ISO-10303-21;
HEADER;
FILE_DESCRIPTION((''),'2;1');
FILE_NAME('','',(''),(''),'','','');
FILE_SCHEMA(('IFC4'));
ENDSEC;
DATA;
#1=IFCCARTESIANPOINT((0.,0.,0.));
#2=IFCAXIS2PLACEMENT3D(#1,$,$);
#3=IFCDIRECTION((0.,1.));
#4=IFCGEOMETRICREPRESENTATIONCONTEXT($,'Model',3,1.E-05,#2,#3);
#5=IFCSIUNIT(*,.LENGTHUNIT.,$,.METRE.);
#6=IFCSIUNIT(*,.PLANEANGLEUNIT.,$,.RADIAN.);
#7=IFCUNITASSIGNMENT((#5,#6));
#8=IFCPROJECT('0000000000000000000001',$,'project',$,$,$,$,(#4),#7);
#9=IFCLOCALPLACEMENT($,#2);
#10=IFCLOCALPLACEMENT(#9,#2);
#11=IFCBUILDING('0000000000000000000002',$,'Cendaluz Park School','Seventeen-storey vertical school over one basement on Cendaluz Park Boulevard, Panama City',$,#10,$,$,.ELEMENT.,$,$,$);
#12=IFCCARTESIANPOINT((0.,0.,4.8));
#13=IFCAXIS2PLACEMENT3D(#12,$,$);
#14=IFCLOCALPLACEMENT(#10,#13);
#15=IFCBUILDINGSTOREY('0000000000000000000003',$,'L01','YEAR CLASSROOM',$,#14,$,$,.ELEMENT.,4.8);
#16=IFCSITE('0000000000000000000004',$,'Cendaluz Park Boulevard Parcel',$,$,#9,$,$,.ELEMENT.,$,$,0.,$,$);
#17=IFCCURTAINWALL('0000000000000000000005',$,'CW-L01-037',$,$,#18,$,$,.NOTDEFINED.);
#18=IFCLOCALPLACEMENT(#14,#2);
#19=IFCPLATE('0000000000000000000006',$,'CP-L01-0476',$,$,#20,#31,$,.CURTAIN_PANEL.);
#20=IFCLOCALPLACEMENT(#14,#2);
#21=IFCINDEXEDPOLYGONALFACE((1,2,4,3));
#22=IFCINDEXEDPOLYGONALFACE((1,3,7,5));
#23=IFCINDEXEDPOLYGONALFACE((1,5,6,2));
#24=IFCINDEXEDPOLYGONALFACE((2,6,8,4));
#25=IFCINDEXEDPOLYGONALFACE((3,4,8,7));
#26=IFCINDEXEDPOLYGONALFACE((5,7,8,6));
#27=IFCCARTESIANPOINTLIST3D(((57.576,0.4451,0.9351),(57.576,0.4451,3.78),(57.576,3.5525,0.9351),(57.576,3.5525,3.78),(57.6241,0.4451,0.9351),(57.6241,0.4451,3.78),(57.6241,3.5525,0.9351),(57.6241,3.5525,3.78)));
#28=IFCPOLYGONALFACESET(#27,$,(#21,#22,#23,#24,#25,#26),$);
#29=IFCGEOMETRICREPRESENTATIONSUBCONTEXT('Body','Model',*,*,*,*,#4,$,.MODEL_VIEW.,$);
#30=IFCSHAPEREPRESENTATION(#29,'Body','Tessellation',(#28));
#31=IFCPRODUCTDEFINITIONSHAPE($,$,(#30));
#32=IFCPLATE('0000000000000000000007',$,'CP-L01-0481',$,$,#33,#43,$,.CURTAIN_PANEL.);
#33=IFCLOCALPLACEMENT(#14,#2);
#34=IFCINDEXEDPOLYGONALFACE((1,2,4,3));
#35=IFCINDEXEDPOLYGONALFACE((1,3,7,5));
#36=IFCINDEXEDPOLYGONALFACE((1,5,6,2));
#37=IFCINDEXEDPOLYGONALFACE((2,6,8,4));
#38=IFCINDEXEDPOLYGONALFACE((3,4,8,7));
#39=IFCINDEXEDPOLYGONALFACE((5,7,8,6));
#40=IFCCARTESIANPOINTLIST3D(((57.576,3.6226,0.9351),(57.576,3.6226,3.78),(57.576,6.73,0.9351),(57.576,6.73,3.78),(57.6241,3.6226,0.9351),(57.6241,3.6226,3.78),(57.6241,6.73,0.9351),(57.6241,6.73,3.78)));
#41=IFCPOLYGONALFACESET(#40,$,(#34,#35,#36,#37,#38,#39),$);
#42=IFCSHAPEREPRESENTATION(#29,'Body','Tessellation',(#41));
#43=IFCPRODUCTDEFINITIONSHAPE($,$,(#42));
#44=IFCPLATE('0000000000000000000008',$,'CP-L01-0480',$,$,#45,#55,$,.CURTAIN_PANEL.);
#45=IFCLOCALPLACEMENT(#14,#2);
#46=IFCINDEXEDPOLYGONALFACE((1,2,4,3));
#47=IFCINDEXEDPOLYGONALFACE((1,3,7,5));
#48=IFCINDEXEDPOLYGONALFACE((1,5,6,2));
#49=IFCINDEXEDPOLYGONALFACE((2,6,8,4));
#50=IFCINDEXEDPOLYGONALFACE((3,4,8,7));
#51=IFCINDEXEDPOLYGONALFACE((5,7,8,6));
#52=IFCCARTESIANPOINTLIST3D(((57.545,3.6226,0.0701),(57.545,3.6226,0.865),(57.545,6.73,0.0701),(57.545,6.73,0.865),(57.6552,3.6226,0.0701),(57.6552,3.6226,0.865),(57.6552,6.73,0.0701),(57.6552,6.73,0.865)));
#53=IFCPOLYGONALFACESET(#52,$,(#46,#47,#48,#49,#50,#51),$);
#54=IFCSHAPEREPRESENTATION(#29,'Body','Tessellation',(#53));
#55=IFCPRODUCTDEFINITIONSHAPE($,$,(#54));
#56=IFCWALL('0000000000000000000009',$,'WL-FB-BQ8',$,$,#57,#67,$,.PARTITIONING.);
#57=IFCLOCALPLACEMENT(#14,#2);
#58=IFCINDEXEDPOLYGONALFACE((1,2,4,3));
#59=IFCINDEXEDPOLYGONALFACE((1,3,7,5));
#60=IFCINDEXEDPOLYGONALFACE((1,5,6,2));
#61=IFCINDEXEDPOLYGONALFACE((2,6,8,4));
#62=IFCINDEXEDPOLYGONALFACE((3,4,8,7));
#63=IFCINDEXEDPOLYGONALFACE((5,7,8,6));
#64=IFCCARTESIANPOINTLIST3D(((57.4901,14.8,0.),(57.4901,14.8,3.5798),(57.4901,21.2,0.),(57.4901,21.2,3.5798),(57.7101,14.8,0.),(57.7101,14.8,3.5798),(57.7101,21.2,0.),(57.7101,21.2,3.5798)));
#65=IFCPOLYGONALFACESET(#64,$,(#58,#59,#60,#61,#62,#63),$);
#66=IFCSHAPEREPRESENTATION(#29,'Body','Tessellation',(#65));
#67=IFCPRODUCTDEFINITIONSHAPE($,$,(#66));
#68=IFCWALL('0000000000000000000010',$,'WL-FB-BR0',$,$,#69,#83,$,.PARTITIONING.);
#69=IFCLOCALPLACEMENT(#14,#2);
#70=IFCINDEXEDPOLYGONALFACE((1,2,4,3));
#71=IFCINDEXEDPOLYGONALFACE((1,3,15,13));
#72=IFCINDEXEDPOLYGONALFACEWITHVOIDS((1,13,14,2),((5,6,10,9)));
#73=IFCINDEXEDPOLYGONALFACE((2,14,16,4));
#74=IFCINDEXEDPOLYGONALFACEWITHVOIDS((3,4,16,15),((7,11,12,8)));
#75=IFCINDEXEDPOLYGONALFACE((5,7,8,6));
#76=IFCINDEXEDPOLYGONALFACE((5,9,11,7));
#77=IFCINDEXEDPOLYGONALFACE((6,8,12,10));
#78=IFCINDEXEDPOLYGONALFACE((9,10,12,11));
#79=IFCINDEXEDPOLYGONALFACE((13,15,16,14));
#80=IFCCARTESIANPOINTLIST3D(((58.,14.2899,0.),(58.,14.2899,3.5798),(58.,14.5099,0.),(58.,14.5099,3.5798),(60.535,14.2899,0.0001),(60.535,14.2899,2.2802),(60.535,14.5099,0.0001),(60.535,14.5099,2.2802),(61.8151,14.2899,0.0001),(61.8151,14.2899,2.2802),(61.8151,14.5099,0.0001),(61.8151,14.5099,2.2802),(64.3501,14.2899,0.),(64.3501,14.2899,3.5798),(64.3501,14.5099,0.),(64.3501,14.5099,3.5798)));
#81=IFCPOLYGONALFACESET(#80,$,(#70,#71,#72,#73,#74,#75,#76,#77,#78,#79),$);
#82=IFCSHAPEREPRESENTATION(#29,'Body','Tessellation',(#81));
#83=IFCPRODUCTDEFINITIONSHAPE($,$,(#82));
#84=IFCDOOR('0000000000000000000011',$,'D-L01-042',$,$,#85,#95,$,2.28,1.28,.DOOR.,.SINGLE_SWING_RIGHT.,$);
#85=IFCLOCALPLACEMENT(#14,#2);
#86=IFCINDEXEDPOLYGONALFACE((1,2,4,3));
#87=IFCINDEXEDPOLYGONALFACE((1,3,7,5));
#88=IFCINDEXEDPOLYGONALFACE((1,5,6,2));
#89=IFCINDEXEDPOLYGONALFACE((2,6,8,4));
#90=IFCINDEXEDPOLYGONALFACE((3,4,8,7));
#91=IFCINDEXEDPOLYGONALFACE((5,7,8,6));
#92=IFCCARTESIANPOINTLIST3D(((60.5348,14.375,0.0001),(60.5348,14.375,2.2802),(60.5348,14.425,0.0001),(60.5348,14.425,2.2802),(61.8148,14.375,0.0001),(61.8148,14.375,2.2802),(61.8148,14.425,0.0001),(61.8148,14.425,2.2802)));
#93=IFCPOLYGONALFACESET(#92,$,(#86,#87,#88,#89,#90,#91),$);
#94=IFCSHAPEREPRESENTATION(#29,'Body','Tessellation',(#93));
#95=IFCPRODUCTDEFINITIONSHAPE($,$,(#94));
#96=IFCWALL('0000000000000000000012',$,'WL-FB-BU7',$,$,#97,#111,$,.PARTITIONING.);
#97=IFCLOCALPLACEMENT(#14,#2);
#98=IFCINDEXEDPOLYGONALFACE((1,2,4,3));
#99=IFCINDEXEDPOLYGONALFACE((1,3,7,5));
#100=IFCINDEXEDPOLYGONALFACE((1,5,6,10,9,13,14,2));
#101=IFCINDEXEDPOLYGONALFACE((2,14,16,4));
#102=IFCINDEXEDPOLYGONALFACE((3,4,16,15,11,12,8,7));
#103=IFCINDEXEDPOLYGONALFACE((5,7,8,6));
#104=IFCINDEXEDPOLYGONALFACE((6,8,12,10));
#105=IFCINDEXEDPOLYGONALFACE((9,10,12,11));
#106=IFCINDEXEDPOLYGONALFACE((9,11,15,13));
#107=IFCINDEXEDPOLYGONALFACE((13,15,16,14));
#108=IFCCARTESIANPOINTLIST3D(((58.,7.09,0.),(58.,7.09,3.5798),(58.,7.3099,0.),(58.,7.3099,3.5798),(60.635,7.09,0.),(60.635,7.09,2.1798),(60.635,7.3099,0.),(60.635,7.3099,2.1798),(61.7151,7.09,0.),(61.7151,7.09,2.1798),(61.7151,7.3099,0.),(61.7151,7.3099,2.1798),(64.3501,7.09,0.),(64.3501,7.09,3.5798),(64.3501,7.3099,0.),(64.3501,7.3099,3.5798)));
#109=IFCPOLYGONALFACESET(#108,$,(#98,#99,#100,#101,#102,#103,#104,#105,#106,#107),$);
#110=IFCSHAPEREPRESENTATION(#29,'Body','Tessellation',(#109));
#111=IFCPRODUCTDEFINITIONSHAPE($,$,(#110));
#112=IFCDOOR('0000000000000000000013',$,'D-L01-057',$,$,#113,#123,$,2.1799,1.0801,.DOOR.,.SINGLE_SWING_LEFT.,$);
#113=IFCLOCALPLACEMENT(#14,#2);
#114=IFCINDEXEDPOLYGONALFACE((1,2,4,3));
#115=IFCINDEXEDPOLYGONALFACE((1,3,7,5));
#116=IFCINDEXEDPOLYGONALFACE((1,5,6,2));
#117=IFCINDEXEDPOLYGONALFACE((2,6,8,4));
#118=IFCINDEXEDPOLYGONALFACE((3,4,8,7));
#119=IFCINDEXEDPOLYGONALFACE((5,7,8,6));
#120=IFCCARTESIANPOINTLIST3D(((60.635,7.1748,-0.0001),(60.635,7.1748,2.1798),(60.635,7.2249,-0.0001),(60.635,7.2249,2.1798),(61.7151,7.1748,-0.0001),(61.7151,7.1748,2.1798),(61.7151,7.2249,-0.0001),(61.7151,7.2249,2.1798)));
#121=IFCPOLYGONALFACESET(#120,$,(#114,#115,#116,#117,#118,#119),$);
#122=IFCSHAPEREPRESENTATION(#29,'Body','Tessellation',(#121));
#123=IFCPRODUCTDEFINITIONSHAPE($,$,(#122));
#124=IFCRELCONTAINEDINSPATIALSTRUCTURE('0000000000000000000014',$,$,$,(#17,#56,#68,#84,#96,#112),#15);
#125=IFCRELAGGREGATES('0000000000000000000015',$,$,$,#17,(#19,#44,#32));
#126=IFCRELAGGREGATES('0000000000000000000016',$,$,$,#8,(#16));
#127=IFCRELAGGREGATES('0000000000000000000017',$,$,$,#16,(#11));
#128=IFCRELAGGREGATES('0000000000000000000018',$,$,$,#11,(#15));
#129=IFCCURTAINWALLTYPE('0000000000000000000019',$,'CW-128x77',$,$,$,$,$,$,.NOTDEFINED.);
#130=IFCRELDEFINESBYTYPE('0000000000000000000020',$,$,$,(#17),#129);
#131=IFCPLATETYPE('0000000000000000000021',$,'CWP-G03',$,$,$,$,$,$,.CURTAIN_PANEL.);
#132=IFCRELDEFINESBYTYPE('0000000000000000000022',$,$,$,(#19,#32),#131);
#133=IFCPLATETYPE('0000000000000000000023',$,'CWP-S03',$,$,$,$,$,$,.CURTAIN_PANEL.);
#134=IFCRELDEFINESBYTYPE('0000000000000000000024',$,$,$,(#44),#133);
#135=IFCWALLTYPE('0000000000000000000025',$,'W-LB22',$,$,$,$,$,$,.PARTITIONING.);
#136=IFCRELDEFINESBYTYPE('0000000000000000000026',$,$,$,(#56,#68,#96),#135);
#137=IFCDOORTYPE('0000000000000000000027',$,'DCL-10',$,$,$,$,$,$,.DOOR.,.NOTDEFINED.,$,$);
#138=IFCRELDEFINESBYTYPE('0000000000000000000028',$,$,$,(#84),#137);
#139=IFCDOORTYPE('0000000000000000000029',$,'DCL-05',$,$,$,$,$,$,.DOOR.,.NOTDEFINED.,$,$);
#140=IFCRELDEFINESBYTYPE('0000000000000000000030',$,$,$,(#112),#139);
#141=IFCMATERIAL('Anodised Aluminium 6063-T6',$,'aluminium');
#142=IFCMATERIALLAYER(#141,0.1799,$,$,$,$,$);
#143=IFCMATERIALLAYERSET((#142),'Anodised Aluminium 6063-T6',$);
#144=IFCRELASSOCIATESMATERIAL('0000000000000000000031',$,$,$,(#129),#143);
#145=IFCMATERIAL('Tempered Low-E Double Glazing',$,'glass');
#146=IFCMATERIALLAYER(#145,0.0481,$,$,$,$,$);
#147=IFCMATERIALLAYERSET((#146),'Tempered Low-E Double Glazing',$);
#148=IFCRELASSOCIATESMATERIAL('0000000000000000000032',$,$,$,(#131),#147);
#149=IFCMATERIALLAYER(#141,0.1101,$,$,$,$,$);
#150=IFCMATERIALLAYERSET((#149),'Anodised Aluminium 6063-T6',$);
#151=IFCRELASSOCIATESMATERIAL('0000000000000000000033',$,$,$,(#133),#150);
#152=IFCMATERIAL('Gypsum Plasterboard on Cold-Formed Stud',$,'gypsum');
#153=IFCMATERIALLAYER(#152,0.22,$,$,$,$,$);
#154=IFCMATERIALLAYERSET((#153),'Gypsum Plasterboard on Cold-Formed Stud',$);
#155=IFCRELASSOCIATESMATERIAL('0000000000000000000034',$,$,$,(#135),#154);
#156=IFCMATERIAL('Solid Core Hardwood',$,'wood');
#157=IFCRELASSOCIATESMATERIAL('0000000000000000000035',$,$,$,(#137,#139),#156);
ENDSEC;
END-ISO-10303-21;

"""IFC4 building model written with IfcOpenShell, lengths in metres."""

from ifc_helpers import new_model, si_unit, direction, frame, frame_2d, origin, origin_2d, place, context, subcontext, project, spatial, rectangle, extrude, material, layer, layer_set, type_object, element, fill, aggregate, save


model = new_model("IFC4")

# Units and contexts
model_context = context("Model", 3, precision=1e-05, world=origin(), true_north=direction((0.0, 1.0)))
body_context = subcontext(model_context, "Body", "Model", "MODEL_VIEW")
ifc_project = project(units=[si_unit("LENGTHUNIT", "METRE"), si_unit("PLANEANGLEUNIT", "RADIAN")], contexts=[model_context])

# Site, building, storey
site_placement = place(None, origin())
site = spatial("IfcSite", under=ifc_project, at=site_placement, Name="Cendaluz Park Boulevard Parcel", CompositionType="ELEMENT", RefElevation=0.0)
building_placement = place(site_placement, origin())
building = spatial("IfcBuilding", under=site, at=building_placement, Name="Cendaluz Park School", Description="Seventeen-storey vertical school over one basement on Cendaluz Park Boulevard, Panama City", CompositionType="ELEMENT")
storey_placement = place(building_placement, frame((0.0, 0.0, 4.8)))
storey = spatial("IfcBuildingStorey", under=building, at=storey_placement, Name="L01", Description="YEAR CLASSROOM", CompositionType="ELEMENT", Elevation=4.8)

# Shared definitions
ifc_material_1 = material(Name="Anodised Aluminium 6063-T6", Category="aluminium")
ifc_layer_1 = layer(ifc_material_1, 0.1799)
ifc_layer_set_1 = layer_set([ifc_layer_1], Name="Anodised Aluminium 6063-T6")
curtain_wall_type = type_object("IfcCurtainWallType", Name="CW-128x77", PredefinedType="NOTDEFINED", material=ifc_layer_set_1)

# Curtain wall
curtain_wall_1_placement = place(storey_placement, origin())
curtain_wall_1 = element("IfcCurtainWall", 1, at=curtain_wall_1_placement, inside=storey, type_object=curtain_wall_type, Name="CW-L01-037", PredefinedType="NOTDEFINED")

# Plates
ifc_material_2 = material(Name="Tempered Low-E Double Glazing", Category="glass")
ifc_layer_2 = layer(ifc_material_2, 0.0481)
ifc_layer_set_2 = layer_set([ifc_layer_2], Name="Tempered Low-E Double Glazing")
plate_type_1 = type_object("IfcPlateType", Name="CWP-G03", PredefinedType="CURTAIN_PANEL", material=ifc_layer_set_2)
plate_1_placement = place(storey_placement, frame((57.6001, 1.9988, 0.9351), z_axis=(0.0, 0.0, 1.0), x_axis=(0.0, 1.0, 0.0)))
plate_1 = element("IfcPlate", 2, at=plate_1_placement, type_object=plate_type_1, Name="CP-L01-0476", PredefinedType="CURTAIN_PANEL", context=body_context, shape_type="SweptSolid", body=[
    extrude(rectangle(XDim=3.1074, YDim=0.0481, at=origin_2d()), origin(), (0.0, 0.0, 1.0), 2.845),
])
plate_2_placement = place(storey_placement, frame((57.6001, 5.1763, 0.9351), z_axis=(0.0, 0.0, 1.0), x_axis=(0.0, 1.0, 0.0)))
plate_2 = element("IfcPlate", 3, at=plate_2_placement, type_object=plate_type_1, Name="CP-L01-0481", PredefinedType="CURTAIN_PANEL", context=body_context, shape_type="SweptSolid", body=[
    extrude(rectangle(XDim=3.1074, YDim=0.0481, at=origin_2d()), origin(), (0.0, 0.0, 1.0), 2.845),
])
ifc_layer_3 = layer(ifc_material_1, 0.1101)
ifc_layer_set_3 = layer_set([ifc_layer_3], Name="Anodised Aluminium 6063-T6")
plate_type_2 = type_object("IfcPlateType", Name="CWP-S03", PredefinedType="CURTAIN_PANEL", material=ifc_layer_set_3)
plate_3_placement = place(storey_placement, frame((57.6001, 5.1763, 0.0701), z_axis=(0.0, 0.0, 1.0), x_axis=(0.0, 1.0, 0.0)))
plate_3 = element("IfcPlate", 4, at=plate_3_placement, type_object=plate_type_2, Name="CP-L01-0480", PredefinedType="CURTAIN_PANEL", context=body_context, shape_type="SweptSolid", body=[
    extrude(rectangle(XDim=3.1074, YDim=0.1101, at=origin_2d()), origin(), (0.0, 0.0, 1.0), 0.7949),
])
aggregate(curtain_wall_1, [plate_1, plate_3, plate_2])

# Wall
ifc_material_3 = material(Name="Gypsum Plasterboard on Cold-Formed Stud", Category="gypsum")
ifc_layer_4 = layer(ifc_material_3, 0.22)
ifc_layer_set_4 = layer_set([ifc_layer_4], Name="Gypsum Plasterboard on Cold-Formed Stud")
wall_type = type_object("IfcWallType", Name="W-LB22", PredefinedType="PARTITIONING", material=ifc_layer_set_4)
wall_1_placement = place(storey_placement, frame((57.6001, 14.8, 0.0), z_axis=(0.0, 0.0, 1.0), x_axis=(0.0, 1.0, 0.0)))
element("IfcWall", 5, at=wall_1_placement, inside=storey, type_object=wall_type, Name="WL-FB-BQ8", PredefinedType="PARTITIONING", context=body_context, shape_type="SweptSolid", body=[
    extrude(rectangle(XDim=6.3999, YDim=0.22, at=frame_2d((3.2, 0.0))), origin(), (0.0, 0.0, 1.0), 3.5798),
])

# Walls, openings, doors
wall_2_placement = place(storey_placement, frame((58.0, 14.3999, 0.0), z_axis=(0.0, 0.0, 1.0), x_axis=(1.0, 0.0, 0.0)))
wall_2 = element("IfcWall", 6, at=wall_2_placement, inside=storey, type_object=wall_type, Name="WL-FB-BR0", PredefinedType="PARTITIONING", context=body_context, shape_type="SweptSolid", body=[
    extrude(rectangle(XDim=6.3501, YDim=0.22, at=frame_2d((3.175, 0.0))), origin(), (0.0, 0.0, 1.0), 3.5798),
])
opening_1_placement = place(wall_2_placement, frame((2.5349, 0.0, 0.0)))
opening_1 = element("IfcOpeningElement", 7, at=opening_1_placement, cuts=wall_2, PredefinedType="OPENING", context=body_context, shape_type="SweptSolid", body=[
    extrude(rectangle(XDim=1.28, YDim=2.28, at=frame_2d((0.6401, 1.1401))), frame((0.0, 0.1221, 0.0), z_axis=(0.0, -1.0, 0.0), x_axis=(1.0, 0.0, 0.0)), (0.0, 0.0, 1.0), 0.2439),
])
ifc_material_4 = material(Name="Solid Core Hardwood", Category="wood")
door_type_1 = type_object("IfcDoorType", Name="DCL-10", OperationType="NOTDEFINED", PredefinedType="DOOR", material=ifc_material_4)
door_1_placement = place(opening_1_placement, frame((1.28, 0.0, 0.0), z_axis=(0.0, 0.0, 1.0), x_axis=(-1.0, 0.0, 0.0)))
door_1 = element("IfcDoor", 8, at=door_1_placement, inside=storey, type_object=door_type_1, Name="D-L01-042", OperationType="SINGLE_SWING_RIGHT", OverallHeight=2.28, OverallWidth=1.28, PredefinedType="DOOR", context=body_context, shape_type="SweptSolid", body=[
    extrude(rectangle(XDim=1.28, YDim=2.28, at=frame_2d((0.6401, 1.1401))), frame((0.0, 0.0249, 0.0), z_axis=(0.0, -1.0, 0.0), x_axis=(1.0, 0.0, 0.0)), (0.0, 0.0, 1.0), 0.05),
])
fill(opening_1, door_1)
wall_3_placement = place(storey_placement, frame((58.0, 7.2, 0.0), z_axis=(0.0, 0.0, 1.0), x_axis=(1.0, 0.0, 0.0)))
wall_3 = element("IfcWall", 9, at=wall_3_placement, inside=storey, type_object=wall_type, Name="WL-FB-BU7", PredefinedType="PARTITIONING", context=body_context, shape_type="SweptSolid", body=[
    extrude(rectangle(XDim=6.3501, YDim=0.22, at=frame_2d((3.175, 0.0))), origin(), (0.0, 0.0, 1.0), 3.5798),
])
opening_2_placement = place(wall_3_placement, frame((2.635, 0.0, 0.0)))
opening_2 = element("IfcOpeningElement", 10, at=opening_2_placement, cuts=wall_3, PredefinedType="OPENING", context=body_context, shape_type="SweptSolid", body=[
    extrude(rectangle(XDim=1.0801, YDim=2.1799, at=frame_2d((0.54, 1.0898))), frame((0.0, 0.1221, 0.0), z_axis=(0.0, -1.0, 0.0), x_axis=(1.0, 0.0, 0.0)), (0.0, 0.0, 1.0), 0.2439),
])
door_type_2 = type_object("IfcDoorType", Name="DCL-05", OperationType="NOTDEFINED", PredefinedType="DOOR", material=ifc_material_4)
door_2_placement = place(opening_2_placement, origin())
door_2 = element("IfcDoor", 11, at=door_2_placement, inside=storey, type_object=door_type_2, Name="D-L01-057", OperationType="SINGLE_SWING_LEFT", OverallHeight=2.1799, OverallWidth=1.0801, PredefinedType="DOOR", context=body_context, shape_type="SweptSolid", body=[
    extrude(rectangle(XDim=1.0801, YDim=2.1799, at=frame_2d((0.54, 1.0898))), frame((0.0, 0.0249, 0.0), z_axis=(0.0, -1.0, 0.0), x_axis=(1.0, 0.0, 0.0)), (0.0, 0.0, 1.0), 0.05),
])
fill(opening_2, door_2)

save(model, "model.ifc")
